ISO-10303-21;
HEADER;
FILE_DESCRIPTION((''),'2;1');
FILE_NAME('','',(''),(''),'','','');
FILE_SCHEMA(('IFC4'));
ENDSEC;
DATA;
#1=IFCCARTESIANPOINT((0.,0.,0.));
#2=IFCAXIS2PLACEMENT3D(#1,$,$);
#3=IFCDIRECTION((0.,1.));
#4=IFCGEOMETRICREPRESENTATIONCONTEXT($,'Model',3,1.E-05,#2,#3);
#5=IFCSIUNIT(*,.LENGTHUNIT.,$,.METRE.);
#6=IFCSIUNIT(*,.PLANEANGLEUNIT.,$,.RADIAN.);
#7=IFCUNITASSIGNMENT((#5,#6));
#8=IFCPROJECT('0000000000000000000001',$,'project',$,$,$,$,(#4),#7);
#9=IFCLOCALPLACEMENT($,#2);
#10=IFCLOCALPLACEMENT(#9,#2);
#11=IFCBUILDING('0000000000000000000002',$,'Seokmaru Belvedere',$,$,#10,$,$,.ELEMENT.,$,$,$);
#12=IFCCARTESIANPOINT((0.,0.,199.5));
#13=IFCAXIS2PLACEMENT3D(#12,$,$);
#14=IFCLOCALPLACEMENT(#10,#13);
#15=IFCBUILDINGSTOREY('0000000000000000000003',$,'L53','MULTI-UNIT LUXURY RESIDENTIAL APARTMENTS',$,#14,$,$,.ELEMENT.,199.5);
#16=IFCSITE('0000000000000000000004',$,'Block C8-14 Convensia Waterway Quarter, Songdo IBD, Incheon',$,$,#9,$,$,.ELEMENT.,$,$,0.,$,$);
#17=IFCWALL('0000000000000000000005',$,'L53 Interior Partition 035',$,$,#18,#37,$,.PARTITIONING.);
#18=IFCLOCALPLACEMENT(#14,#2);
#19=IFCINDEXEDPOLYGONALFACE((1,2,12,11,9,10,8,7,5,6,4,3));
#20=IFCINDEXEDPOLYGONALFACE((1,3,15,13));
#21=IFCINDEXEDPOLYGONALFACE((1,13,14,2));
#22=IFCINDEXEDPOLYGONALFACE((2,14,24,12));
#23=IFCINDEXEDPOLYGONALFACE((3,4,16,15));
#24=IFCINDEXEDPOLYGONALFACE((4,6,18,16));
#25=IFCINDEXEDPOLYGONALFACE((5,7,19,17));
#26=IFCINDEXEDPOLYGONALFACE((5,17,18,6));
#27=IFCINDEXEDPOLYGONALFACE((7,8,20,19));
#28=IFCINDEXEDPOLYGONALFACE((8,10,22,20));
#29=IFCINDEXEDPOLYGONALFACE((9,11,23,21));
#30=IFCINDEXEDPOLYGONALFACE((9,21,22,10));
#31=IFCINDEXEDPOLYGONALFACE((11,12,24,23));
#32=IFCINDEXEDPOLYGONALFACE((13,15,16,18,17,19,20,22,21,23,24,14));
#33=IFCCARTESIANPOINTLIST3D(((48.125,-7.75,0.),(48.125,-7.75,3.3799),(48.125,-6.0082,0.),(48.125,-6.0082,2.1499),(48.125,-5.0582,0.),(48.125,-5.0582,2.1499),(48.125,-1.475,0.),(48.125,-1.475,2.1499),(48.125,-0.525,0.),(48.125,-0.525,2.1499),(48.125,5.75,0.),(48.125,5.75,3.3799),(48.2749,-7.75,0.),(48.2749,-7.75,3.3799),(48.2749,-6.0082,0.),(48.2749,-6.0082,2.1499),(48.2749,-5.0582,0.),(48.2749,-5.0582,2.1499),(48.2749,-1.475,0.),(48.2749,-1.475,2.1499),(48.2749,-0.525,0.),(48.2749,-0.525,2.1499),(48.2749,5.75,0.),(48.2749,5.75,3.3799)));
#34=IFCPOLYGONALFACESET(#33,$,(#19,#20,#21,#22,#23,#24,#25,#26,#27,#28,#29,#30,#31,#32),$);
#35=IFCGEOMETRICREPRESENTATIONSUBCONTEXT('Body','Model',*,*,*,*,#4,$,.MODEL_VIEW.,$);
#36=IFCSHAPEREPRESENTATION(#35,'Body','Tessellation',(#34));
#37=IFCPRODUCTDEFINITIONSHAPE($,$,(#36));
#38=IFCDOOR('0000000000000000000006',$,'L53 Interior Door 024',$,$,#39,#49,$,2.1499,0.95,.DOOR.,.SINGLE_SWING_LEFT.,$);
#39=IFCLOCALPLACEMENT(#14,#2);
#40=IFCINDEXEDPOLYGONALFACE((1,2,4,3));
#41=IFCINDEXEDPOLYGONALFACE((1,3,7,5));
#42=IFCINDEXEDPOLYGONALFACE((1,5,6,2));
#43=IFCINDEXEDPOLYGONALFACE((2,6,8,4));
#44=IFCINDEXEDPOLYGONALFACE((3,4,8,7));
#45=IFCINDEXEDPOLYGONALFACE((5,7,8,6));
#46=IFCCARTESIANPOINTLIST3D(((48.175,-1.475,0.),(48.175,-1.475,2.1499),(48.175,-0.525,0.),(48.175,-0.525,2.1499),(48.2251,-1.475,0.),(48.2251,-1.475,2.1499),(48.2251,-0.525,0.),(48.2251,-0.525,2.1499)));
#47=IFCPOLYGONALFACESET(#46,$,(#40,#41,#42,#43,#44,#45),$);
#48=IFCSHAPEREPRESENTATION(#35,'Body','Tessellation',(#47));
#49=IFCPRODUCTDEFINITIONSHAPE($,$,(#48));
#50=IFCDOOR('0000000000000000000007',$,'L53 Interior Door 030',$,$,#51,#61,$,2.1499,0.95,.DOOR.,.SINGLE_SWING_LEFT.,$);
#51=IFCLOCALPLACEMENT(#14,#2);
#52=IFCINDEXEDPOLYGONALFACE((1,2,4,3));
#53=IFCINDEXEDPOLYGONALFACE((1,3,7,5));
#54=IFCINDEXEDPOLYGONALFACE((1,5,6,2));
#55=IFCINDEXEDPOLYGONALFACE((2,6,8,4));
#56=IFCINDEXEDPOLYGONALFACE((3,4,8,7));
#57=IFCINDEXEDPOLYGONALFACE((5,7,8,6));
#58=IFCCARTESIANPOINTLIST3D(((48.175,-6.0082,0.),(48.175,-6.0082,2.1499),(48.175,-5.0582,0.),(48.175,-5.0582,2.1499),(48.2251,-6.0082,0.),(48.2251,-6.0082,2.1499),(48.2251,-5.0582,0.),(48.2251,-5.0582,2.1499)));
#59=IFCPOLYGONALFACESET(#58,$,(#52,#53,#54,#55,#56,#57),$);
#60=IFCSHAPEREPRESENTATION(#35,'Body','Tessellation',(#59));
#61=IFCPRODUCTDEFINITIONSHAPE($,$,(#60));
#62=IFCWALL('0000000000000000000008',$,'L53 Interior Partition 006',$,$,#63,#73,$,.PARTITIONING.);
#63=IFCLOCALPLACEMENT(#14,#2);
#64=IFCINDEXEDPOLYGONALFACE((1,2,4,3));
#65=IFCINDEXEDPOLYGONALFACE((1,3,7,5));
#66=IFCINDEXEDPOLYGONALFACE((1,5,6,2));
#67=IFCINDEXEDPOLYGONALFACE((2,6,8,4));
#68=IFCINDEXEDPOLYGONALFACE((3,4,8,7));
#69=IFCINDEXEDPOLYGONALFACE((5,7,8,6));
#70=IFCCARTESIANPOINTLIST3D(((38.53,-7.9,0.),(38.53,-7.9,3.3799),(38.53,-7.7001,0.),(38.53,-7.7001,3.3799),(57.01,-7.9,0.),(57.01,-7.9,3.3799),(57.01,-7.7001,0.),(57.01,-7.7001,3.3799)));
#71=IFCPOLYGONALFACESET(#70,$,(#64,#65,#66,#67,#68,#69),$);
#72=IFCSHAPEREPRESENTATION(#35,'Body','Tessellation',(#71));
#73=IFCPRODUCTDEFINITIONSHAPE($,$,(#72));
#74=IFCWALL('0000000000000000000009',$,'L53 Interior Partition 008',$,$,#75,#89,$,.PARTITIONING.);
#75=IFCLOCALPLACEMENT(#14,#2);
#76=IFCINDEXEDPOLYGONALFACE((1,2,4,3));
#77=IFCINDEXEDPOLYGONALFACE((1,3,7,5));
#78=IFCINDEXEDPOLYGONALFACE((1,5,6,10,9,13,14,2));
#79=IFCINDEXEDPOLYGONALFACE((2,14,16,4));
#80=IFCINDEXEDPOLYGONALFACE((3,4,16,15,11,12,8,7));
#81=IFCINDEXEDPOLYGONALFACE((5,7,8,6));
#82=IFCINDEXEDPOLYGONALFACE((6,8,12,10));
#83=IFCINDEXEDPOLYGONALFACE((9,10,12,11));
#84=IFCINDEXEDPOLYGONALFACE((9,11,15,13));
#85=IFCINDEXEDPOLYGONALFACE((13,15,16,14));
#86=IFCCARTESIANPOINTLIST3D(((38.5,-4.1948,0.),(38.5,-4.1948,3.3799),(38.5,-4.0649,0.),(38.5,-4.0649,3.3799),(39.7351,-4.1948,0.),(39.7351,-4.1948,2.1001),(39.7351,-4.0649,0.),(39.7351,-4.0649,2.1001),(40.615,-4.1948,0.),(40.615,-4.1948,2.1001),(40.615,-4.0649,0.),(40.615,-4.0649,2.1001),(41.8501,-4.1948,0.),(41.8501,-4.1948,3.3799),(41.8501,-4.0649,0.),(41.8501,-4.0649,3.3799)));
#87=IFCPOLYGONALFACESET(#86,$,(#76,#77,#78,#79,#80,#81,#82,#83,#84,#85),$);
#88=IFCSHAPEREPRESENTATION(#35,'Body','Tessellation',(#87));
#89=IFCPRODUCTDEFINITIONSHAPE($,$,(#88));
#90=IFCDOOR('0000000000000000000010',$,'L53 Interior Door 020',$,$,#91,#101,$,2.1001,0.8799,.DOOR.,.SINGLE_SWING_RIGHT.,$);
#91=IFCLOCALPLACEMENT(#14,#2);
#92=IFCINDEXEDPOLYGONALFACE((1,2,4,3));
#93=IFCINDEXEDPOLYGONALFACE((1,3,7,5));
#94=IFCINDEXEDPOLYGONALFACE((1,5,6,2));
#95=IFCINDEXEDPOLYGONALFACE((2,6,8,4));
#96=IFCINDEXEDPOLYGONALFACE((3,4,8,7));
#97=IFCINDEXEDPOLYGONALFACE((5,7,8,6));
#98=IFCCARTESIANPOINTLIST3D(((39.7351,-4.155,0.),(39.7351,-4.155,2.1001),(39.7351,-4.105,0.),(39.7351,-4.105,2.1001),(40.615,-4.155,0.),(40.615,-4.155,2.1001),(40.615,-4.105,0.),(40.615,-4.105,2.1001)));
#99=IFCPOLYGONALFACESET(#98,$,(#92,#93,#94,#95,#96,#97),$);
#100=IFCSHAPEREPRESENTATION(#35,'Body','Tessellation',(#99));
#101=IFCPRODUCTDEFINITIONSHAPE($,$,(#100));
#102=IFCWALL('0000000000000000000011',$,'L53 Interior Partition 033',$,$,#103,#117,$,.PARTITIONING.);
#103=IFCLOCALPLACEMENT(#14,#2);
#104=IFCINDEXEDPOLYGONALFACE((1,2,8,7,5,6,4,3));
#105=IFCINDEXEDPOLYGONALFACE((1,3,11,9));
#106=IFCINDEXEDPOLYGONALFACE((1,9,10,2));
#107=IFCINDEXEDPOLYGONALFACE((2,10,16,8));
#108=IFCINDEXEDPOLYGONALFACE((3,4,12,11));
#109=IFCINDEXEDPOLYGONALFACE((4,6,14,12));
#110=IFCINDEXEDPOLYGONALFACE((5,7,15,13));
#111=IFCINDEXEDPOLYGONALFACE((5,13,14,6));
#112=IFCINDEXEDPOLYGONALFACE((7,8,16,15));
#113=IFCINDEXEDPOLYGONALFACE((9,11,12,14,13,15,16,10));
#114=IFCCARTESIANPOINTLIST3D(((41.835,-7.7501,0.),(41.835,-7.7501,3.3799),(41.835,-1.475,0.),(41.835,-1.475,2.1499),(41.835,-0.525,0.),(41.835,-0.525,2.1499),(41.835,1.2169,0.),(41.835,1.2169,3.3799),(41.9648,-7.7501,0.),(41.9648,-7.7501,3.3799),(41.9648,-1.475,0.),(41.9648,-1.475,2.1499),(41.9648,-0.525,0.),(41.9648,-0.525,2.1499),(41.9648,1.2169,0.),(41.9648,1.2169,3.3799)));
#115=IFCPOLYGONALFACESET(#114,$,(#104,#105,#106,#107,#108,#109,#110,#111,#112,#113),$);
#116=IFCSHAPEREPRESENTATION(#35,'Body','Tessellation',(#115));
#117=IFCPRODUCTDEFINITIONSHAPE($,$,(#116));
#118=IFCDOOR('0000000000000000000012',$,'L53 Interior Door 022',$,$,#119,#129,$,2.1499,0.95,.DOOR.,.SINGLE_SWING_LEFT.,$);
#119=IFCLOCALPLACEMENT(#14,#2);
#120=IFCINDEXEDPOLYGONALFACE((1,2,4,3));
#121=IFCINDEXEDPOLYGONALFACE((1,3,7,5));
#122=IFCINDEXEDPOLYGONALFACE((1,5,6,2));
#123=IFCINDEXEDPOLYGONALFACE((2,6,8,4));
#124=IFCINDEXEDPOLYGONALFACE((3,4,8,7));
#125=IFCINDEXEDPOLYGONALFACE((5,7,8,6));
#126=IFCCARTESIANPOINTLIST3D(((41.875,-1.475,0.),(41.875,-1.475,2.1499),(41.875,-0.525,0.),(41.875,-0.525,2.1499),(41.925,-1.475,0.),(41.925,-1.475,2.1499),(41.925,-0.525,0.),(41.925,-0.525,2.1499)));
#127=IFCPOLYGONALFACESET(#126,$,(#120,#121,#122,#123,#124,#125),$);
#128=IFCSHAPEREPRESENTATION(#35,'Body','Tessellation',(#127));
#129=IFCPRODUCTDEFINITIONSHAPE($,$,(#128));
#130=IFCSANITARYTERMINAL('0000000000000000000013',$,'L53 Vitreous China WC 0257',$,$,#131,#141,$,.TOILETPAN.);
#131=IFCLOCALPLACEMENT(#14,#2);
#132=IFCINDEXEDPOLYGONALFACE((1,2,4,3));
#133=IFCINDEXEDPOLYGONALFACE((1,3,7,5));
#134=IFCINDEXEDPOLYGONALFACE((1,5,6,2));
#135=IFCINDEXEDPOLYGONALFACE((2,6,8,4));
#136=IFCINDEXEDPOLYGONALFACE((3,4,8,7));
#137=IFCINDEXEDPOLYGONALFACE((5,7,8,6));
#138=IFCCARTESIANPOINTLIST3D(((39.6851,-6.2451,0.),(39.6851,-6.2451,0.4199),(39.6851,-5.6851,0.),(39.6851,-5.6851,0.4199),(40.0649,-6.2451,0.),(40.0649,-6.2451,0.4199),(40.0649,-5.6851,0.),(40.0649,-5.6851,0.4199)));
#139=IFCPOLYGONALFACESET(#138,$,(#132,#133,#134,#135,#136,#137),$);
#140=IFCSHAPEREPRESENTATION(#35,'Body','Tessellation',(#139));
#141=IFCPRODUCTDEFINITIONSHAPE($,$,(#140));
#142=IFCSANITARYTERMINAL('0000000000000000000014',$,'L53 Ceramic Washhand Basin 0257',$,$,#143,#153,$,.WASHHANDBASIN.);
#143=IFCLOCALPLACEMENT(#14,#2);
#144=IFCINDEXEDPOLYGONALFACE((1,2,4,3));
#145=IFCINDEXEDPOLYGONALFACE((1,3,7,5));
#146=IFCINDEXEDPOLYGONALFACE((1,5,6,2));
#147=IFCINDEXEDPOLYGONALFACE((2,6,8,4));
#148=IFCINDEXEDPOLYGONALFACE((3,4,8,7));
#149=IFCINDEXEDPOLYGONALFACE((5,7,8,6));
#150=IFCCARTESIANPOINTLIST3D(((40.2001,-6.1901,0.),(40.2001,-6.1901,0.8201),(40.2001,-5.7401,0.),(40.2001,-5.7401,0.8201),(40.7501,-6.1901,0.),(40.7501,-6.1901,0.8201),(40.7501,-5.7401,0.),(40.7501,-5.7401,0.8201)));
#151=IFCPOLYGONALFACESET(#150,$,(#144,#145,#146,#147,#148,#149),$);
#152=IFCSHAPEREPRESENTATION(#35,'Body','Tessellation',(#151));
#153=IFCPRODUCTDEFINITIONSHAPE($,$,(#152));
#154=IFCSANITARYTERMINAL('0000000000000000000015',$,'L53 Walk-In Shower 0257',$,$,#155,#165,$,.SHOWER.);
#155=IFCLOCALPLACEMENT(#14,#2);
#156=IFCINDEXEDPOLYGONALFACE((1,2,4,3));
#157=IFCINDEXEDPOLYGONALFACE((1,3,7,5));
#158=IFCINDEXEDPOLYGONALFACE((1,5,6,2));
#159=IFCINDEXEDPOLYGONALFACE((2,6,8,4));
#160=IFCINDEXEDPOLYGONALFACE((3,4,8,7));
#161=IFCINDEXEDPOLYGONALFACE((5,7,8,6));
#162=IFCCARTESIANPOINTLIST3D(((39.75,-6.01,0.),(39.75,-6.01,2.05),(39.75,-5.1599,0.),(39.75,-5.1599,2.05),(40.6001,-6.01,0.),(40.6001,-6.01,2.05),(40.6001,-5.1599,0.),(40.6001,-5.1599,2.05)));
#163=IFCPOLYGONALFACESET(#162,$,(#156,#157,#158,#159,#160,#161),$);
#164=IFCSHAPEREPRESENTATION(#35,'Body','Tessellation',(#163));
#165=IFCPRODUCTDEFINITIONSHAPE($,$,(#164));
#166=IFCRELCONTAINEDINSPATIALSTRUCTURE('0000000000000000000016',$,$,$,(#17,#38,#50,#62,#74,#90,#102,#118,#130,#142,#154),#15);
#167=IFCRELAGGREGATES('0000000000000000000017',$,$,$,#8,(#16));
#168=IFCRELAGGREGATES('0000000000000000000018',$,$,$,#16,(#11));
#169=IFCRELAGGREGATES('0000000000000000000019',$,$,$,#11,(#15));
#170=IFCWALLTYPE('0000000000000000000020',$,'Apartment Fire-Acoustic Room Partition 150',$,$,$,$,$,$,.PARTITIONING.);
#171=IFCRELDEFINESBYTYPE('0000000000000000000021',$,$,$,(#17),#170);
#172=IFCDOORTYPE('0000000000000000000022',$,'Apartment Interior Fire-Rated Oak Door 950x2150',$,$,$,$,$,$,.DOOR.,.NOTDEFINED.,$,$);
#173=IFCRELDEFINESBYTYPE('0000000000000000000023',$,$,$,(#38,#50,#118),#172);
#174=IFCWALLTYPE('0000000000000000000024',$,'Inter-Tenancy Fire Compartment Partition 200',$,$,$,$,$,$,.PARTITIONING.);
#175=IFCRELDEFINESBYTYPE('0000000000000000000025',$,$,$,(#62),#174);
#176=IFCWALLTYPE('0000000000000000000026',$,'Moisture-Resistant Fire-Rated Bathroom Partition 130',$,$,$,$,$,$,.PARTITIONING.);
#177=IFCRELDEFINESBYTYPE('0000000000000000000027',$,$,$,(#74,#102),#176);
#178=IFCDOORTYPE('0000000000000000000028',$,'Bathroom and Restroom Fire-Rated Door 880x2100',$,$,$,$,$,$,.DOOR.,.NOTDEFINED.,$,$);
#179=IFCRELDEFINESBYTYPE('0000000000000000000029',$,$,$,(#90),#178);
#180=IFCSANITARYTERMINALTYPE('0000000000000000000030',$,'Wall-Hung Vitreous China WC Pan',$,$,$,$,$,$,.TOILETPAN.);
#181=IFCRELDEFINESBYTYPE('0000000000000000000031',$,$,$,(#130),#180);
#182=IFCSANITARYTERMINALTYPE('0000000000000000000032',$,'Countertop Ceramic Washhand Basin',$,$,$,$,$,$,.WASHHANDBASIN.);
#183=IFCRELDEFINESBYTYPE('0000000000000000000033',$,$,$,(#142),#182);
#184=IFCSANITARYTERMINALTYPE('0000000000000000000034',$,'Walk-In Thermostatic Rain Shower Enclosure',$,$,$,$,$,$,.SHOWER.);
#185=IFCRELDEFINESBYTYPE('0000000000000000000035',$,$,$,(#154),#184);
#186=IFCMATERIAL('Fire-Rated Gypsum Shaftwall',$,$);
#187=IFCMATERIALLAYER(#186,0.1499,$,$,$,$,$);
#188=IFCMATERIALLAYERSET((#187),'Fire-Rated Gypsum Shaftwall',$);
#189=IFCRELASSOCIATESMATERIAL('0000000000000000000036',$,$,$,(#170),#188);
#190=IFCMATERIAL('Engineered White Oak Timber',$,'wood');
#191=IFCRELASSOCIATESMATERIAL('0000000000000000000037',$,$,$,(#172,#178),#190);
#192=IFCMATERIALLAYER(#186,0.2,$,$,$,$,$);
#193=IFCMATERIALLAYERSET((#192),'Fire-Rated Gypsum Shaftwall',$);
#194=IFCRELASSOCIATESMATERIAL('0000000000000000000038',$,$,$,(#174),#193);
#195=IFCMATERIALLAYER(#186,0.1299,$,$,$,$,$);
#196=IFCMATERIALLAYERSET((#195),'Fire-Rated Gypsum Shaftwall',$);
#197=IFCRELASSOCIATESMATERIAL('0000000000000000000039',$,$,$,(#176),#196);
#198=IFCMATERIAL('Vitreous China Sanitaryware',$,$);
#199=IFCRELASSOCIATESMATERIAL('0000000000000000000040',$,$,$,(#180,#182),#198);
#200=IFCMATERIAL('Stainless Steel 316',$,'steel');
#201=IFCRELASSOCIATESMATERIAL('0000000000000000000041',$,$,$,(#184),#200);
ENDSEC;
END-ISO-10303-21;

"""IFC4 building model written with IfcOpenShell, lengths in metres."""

from ifc_helpers import new_model, si_unit, direction, frame, frame_2d, origin, origin_2d, place, context, subcontext, project, spatial, rectangle, extrude, source, transform, mapped, material, layer, layer_set, type_object, type_shapes, element, fill, save


model = new_model("IFC4")

# Units and contexts
model_context = context("Model", 3, precision=1e-05, world=origin(), true_north=direction((0.0, 1.0)))
body_context = subcontext(model_context, "Body", "Model", "MODEL_VIEW")
ifc_project = project(units=[si_unit("LENGTHUNIT", "METRE"), si_unit("PLANEANGLEUNIT", "RADIAN")], contexts=[model_context])

# Site, building, storey
site_placement = place(None, origin())
site = spatial("IfcSite", under=ifc_project, at=site_placement, Name="Block C8-14 Convensia Waterway Quarter, Songdo IBD, Incheon", CompositionType="ELEMENT", RefElevation=0.0)
building_placement = place(site_placement, origin())
building = spatial("IfcBuilding", under=site, at=building_placement, Name="Seokmaru Belvedere", CompositionType="ELEMENT")
storey_placement = place(building_placement, frame((0.0, 0.0, 199.5)))
storey = spatial("IfcBuildingStorey", under=building, at=storey_placement, Name="L53", Description="MULTI-UNIT LUXURY RESIDENTIAL APARTMENTS", CompositionType="ELEMENT", Elevation=199.5)

# Wall, openings, doors
ifc_material_1 = material(Name="Fire-Rated Gypsum Shaftwall")
ifc_layer_1 = layer(ifc_material_1, 0.1499)
ifc_layer_set_1 = layer_set([ifc_layer_1], Name="Fire-Rated Gypsum Shaftwall")
wall_type_1 = type_object("IfcWallType", Name="Apartment Fire-Acoustic Room Partition 150", PredefinedType="PARTITIONING", material=ifc_layer_set_1)
ifc_material_2 = material(Name="Engineered White Oak Timber", Category="wood")
door_type_1 = type_object("IfcDoorType", Name="Apartment Interior Fire-Rated Oak Door 950x2150", OperationType="NOTDEFINED", PredefinedType="DOOR", material=ifc_material_2)
shared_shape_1 = source(origin(), body_context, "Body", "SweptSolid", [
    extrude(rectangle(XDim=0.95, YDim=2.1499, at=frame_2d((0.4751, 1.075))), frame((0.0, 0.0249, 0.0), z_axis=(0.0, -1.0, 0.0), x_axis=(1.0, 0.0, 0.0)), (0.0, 0.0, 1.0), 0.05),
])
type_shapes(door_type_1, [shared_shape_1])
wall_1_placement = place(storey_placement, frame((48.2, -7.75, 0.0), z_axis=(0.0, 0.0, 1.0), x_axis=(0.0, 1.0, 0.0)))
wall_1 = element("IfcWall", 1, at=wall_1_placement, inside=storey, type_object=wall_type_1, Name="L53 Interior Partition 035", PredefinedType="PARTITIONING", context=body_context, shape_type="SweptSolid", body=[
    extrude(rectangle(XDim=13.5, YDim=0.1499, at=frame_2d((6.75, 0.0))), origin(), (0.0, 0.0, 1.0), 3.3799),
])
opening_1_placement = place(wall_1_placement, frame((6.2749, 0.0, 0.0)))
opening_1 = element("IfcOpeningElement", 2, at=opening_1_placement, cuts=wall_1, PredefinedType="OPENING", context=body_context, shape_type="SweptSolid", body=[
    extrude(rectangle(XDim=0.95, YDim=2.1499, at=frame_2d((0.4751, 1.075))), frame((0.0, 0.085, 0.0), z_axis=(0.0, -1.0, 0.0), x_axis=(1.0, 0.0, 0.0)), (0.0, 0.0, 1.0), 0.1699),
])
opening_2_placement = place(wall_1_placement, frame((1.7417, 0.0, 0.0)))
opening_2 = element("IfcOpeningElement", 3, at=opening_2_placement, cuts=wall_1, PredefinedType="OPENING", context=body_context, shape_type="SweptSolid", body=[
    extrude(rectangle(XDim=0.95, YDim=2.1499, at=frame_2d((0.4751, 1.075))), frame((0.0, 0.085, 0.0), z_axis=(0.0, -1.0, 0.0), x_axis=(1.0, 0.0, 0.0)), (0.0, 0.0, 1.0), 0.1699),
])
door_1_placement = place(opening_1_placement, origin())
door_1 = element("IfcDoor", 4, at=door_1_placement, inside=storey, type_object=door_type_1, Name="L53 Interior Door 024", OperationType="SINGLE_SWING_LEFT", OverallHeight=2.1499, OverallWidth=0.95, PredefinedType="DOOR", context=body_context, shape_type="MappedRepresentation", body=[
    mapped(shared_shape_1, transform((0.0, 0.0, 0.0), scale=1.0)),
])
fill(opening_1, door_1)
door_2_placement = place(opening_2_placement, origin())
door_2 = element("IfcDoor", 5, at=door_2_placement, inside=storey, type_object=door_type_1, Name="L53 Interior Door 030", OperationType="SINGLE_SWING_LEFT", OverallHeight=2.1499, OverallWidth=0.95, PredefinedType="DOOR", context=body_context, shape_type="MappedRepresentation", body=[
    mapped(shared_shape_1, transform((0.0, 0.0, 0.0), scale=1.0)),
])
fill(opening_2, door_2)

# Wall
ifc_layer_2 = layer(ifc_material_1, 0.2)
ifc_layer_set_2 = layer_set([ifc_layer_2], Name="Fire-Rated Gypsum Shaftwall")
wall_type_2 = type_object("IfcWallType", Name="Inter-Tenancy Fire Compartment Partition 200", PredefinedType="PARTITIONING", material=ifc_layer_set_2)
wall_2_placement = place(storey_placement, frame((38.53, -7.8, 0.0), z_axis=(0.0, 0.0, 1.0), x_axis=(1.0, 0.0, 0.0)))
element("IfcWall", 6, at=wall_2_placement, inside=storey, type_object=wall_type_2, Name="L53 Interior Partition 006", PredefinedType="PARTITIONING", context=body_context, shape_type="SweptSolid", body=[
    extrude(rectangle(XDim=18.48, YDim=0.2, at=frame_2d((9.24, 0.0))), origin(), (0.0, 0.0, 1.0), 3.3799),
])

# Walls, openings, doors
ifc_layer_3 = layer(ifc_material_1, 0.1299)
ifc_layer_set_3 = layer_set([ifc_layer_3], Name="Fire-Rated Gypsum Shaftwall")
wall_type_3 = type_object("IfcWallType", Name="Moisture-Resistant Fire-Rated Bathroom Partition 130", PredefinedType="PARTITIONING", material=ifc_layer_set_3)
wall_3_placement = place(storey_placement, frame((38.5, -4.1299, 0.0), z_axis=(0.0, 0.0, 1.0), x_axis=(1.0, 0.0, 0.0)))
wall_3 = element("IfcWall", 7, at=wall_3_placement, inside=storey, type_object=wall_type_3, Name="L53 Interior Partition 008", PredefinedType="PARTITIONING", context=body_context, shape_type="SweptSolid", body=[
    extrude(rectangle(XDim=3.3501, YDim=0.1299, at=frame_2d((1.675, 0.0))), origin(), (0.0, 0.0, 1.0), 3.3799),
])
opening_3_placement = place(wall_3_placement, frame((1.2351, 0.0, 0.0)))
opening_3 = element("IfcOpeningElement", 8, at=opening_3_placement, cuts=wall_3, PredefinedType="OPENING", context=body_context, shape_type="SweptSolid", body=[
    extrude(rectangle(XDim=0.8799, YDim=2.1001, at=frame_2d((0.4399, 1.05))), frame((0.0, 0.075, 0.0), z_axis=(0.0, -1.0, 0.0), x_axis=(1.0, 0.0, 0.0)), (0.0, 0.0, 1.0), 0.1499),
])
door_type_2 = type_object("IfcDoorType", Name="Bathroom and Restroom Fire-Rated Door 880x2100", OperationType="NOTDEFINED", PredefinedType="DOOR", material=ifc_material_2)
shared_shape_2 = source(origin(), body_context, "Body", "SweptSolid", [
    extrude(rectangle(XDim=0.8799, YDim=2.1001, at=frame_2d((0.4399, 1.05))), frame((0.0, 0.0249, 0.0), z_axis=(0.0, -1.0, 0.0), x_axis=(1.0, 0.0, 0.0)), (0.0, 0.0, 1.0), 0.05),
])
type_shapes(door_type_2, [shared_shape_2])
door_3_placement = place(opening_3_placement, origin())
door_3 = element("IfcDoor", 9, at=door_3_placement, inside=storey, type_object=door_type_2, Name="L53 Interior Door 020", OperationType="SINGLE_SWING_RIGHT", OverallHeight=2.1001, OverallWidth=0.8799, PredefinedType="DOOR", context=body_context, shape_type="MappedRepresentation", body=[
    mapped(shared_shape_2, transform((0.0, 0.0, 0.0), scale=1.0)),
])
fill(opening_3, door_3)
wall_4_placement = place(storey_placement, frame((41.8999, -7.75, 0.0), z_axis=(0.0, 0.0, 1.0), x_axis=(0.0, 1.0, 0.0)))
wall_4 = element("IfcWall", 10, at=wall_4_placement, inside=storey, type_object=wall_type_3, Name="L53 Interior Partition 033", PredefinedType="PARTITIONING", context=body_context, shape_type="SweptSolid", body=[
    extrude(rectangle(XDim=8.967, YDim=0.1299, at=frame_2d((4.4834, 0.0))), origin(), (0.0, 0.0, 1.0), 3.3799),
])
opening_4_placement = place(wall_4_placement, frame((6.2749, 0.0, 0.0)))
opening_4 = element("IfcOpeningElement", 11, at=opening_4_placement, cuts=wall_4, PredefinedType="OPENING", context=body_context, shape_type="SweptSolid", body=[
    extrude(rectangle(XDim=0.95, YDim=2.1499, at=frame_2d((0.4751, 1.075))), frame((0.0, 0.075, 0.0), z_axis=(0.0, -1.0, 0.0), x_axis=(1.0, 0.0, 0.0)), (0.0, 0.0, 1.0), 0.1499),
])
door_4_placement = place(opening_4_placement, origin())
door_4 = element("IfcDoor", 12, at=door_4_placement, inside=storey, type_object=door_type_1, Name="L53 Interior Door 022", OperationType="SINGLE_SWING_LEFT", OverallHeight=2.1499, OverallWidth=0.95, PredefinedType="DOOR", context=body_context, shape_type="MappedRepresentation", body=[
    mapped(shared_shape_1, transform((0.0, 0.0, 0.0), scale=1.0)),
])
fill(opening_4, door_4)

# Sanitary terminals
ifc_material_3 = material(Name="Vitreous China Sanitaryware")
sanitary_terminal_type_1 = type_object("IfcSanitaryTerminalType", Name="Wall-Hung Vitreous China WC Pan", PredefinedType="TOILETPAN", material=ifc_material_3)
shared_shape_3 = source(origin(), body_context, "Body", "SweptSolid", [
    extrude(rectangle(XDim=0.3799, YDim=0.5601, at=origin_2d()), origin(), (0.0, 0.0, 1.0), 0.4199),
])
type_shapes(sanitary_terminal_type_1, [shared_shape_3])
sanitary_terminal_1_placement = place(storey_placement, frame((39.875, -5.9651, 0.0), z_axis=(0.0, 0.0, 1.0), x_axis=(1.0, 0.0, 0.0)))
element("IfcSanitaryTerminal", 13, at=sanitary_terminal_1_placement, inside=storey, type_object=sanitary_terminal_type_1, Name="L53 Vitreous China WC 0257", PredefinedType="TOILETPAN", context=body_context, shape_type="MappedRepresentation", body=[
    mapped(shared_shape_3, transform((0.0, 0.0, 0.0), scale=1.0)),
])
sanitary_terminal_type_2 = type_object("IfcSanitaryTerminalType", Name="Countertop Ceramic Washhand Basin", PredefinedType="WASHHANDBASIN", material=ifc_material_3)
shared_shape_4 = source(origin(), body_context, "Body", "SweptSolid", [
    extrude(rectangle(XDim=0.55, YDim=0.45, at=origin_2d()), origin(), (0.0, 0.0, 1.0), 0.8201),
])
type_shapes(sanitary_terminal_type_2, [shared_shape_4])
sanitary_terminal_2_placement = place(storey_placement, frame((40.4751, -5.9651, 0.0), z_axis=(0.0, 0.0, 1.0), x_axis=(1.0, 0.0, 0.0)))
element("IfcSanitaryTerminal", 14, at=sanitary_terminal_2_placement, inside=storey, type_object=sanitary_terminal_type_2, Name="L53 Ceramic Washhand Basin 0257", PredefinedType="WASHHANDBASIN", context=body_context, shape_type="MappedRepresentation", body=[
    mapped(shared_shape_4, transform((0.0, 0.0, 0.0), scale=1.0)),
])
ifc_material_4 = material(Name="Stainless Steel 316", Category="steel")
sanitary_terminal_type_3 = type_object("IfcSanitaryTerminalType", Name="Walk-In Thermostatic Rain Shower Enclosure", PredefinedType="SHOWER", material=ifc_material_4)
shared_shape_5 = source(origin(), body_context, "Body", "SweptSolid", [
    extrude(rectangle(XDim=0.8501, YDim=0.8501, at=origin_2d()), origin(), (0.0, 0.0, 1.0), 2.05),
])
type_shapes(sanitary_terminal_type_3, [shared_shape_5])
sanitary_terminal_3_placement = place(storey_placement, frame((40.175, -5.585, 0.0), z_axis=(0.0, 0.0, 1.0), x_axis=(1.0, 0.0, 0.0)))
element("IfcSanitaryTerminal", 15, at=sanitary_terminal_3_placement, inside=storey, type_object=sanitary_terminal_type_3, Name="L53 Walk-In Shower 0257", PredefinedType="SHOWER", context=body_context, shape_type="MappedRepresentation", body=[
    mapped(shared_shape_5, transform((0.0, 0.0, 0.0), scale=1.0)),
])

save(model, "model.ifc")
